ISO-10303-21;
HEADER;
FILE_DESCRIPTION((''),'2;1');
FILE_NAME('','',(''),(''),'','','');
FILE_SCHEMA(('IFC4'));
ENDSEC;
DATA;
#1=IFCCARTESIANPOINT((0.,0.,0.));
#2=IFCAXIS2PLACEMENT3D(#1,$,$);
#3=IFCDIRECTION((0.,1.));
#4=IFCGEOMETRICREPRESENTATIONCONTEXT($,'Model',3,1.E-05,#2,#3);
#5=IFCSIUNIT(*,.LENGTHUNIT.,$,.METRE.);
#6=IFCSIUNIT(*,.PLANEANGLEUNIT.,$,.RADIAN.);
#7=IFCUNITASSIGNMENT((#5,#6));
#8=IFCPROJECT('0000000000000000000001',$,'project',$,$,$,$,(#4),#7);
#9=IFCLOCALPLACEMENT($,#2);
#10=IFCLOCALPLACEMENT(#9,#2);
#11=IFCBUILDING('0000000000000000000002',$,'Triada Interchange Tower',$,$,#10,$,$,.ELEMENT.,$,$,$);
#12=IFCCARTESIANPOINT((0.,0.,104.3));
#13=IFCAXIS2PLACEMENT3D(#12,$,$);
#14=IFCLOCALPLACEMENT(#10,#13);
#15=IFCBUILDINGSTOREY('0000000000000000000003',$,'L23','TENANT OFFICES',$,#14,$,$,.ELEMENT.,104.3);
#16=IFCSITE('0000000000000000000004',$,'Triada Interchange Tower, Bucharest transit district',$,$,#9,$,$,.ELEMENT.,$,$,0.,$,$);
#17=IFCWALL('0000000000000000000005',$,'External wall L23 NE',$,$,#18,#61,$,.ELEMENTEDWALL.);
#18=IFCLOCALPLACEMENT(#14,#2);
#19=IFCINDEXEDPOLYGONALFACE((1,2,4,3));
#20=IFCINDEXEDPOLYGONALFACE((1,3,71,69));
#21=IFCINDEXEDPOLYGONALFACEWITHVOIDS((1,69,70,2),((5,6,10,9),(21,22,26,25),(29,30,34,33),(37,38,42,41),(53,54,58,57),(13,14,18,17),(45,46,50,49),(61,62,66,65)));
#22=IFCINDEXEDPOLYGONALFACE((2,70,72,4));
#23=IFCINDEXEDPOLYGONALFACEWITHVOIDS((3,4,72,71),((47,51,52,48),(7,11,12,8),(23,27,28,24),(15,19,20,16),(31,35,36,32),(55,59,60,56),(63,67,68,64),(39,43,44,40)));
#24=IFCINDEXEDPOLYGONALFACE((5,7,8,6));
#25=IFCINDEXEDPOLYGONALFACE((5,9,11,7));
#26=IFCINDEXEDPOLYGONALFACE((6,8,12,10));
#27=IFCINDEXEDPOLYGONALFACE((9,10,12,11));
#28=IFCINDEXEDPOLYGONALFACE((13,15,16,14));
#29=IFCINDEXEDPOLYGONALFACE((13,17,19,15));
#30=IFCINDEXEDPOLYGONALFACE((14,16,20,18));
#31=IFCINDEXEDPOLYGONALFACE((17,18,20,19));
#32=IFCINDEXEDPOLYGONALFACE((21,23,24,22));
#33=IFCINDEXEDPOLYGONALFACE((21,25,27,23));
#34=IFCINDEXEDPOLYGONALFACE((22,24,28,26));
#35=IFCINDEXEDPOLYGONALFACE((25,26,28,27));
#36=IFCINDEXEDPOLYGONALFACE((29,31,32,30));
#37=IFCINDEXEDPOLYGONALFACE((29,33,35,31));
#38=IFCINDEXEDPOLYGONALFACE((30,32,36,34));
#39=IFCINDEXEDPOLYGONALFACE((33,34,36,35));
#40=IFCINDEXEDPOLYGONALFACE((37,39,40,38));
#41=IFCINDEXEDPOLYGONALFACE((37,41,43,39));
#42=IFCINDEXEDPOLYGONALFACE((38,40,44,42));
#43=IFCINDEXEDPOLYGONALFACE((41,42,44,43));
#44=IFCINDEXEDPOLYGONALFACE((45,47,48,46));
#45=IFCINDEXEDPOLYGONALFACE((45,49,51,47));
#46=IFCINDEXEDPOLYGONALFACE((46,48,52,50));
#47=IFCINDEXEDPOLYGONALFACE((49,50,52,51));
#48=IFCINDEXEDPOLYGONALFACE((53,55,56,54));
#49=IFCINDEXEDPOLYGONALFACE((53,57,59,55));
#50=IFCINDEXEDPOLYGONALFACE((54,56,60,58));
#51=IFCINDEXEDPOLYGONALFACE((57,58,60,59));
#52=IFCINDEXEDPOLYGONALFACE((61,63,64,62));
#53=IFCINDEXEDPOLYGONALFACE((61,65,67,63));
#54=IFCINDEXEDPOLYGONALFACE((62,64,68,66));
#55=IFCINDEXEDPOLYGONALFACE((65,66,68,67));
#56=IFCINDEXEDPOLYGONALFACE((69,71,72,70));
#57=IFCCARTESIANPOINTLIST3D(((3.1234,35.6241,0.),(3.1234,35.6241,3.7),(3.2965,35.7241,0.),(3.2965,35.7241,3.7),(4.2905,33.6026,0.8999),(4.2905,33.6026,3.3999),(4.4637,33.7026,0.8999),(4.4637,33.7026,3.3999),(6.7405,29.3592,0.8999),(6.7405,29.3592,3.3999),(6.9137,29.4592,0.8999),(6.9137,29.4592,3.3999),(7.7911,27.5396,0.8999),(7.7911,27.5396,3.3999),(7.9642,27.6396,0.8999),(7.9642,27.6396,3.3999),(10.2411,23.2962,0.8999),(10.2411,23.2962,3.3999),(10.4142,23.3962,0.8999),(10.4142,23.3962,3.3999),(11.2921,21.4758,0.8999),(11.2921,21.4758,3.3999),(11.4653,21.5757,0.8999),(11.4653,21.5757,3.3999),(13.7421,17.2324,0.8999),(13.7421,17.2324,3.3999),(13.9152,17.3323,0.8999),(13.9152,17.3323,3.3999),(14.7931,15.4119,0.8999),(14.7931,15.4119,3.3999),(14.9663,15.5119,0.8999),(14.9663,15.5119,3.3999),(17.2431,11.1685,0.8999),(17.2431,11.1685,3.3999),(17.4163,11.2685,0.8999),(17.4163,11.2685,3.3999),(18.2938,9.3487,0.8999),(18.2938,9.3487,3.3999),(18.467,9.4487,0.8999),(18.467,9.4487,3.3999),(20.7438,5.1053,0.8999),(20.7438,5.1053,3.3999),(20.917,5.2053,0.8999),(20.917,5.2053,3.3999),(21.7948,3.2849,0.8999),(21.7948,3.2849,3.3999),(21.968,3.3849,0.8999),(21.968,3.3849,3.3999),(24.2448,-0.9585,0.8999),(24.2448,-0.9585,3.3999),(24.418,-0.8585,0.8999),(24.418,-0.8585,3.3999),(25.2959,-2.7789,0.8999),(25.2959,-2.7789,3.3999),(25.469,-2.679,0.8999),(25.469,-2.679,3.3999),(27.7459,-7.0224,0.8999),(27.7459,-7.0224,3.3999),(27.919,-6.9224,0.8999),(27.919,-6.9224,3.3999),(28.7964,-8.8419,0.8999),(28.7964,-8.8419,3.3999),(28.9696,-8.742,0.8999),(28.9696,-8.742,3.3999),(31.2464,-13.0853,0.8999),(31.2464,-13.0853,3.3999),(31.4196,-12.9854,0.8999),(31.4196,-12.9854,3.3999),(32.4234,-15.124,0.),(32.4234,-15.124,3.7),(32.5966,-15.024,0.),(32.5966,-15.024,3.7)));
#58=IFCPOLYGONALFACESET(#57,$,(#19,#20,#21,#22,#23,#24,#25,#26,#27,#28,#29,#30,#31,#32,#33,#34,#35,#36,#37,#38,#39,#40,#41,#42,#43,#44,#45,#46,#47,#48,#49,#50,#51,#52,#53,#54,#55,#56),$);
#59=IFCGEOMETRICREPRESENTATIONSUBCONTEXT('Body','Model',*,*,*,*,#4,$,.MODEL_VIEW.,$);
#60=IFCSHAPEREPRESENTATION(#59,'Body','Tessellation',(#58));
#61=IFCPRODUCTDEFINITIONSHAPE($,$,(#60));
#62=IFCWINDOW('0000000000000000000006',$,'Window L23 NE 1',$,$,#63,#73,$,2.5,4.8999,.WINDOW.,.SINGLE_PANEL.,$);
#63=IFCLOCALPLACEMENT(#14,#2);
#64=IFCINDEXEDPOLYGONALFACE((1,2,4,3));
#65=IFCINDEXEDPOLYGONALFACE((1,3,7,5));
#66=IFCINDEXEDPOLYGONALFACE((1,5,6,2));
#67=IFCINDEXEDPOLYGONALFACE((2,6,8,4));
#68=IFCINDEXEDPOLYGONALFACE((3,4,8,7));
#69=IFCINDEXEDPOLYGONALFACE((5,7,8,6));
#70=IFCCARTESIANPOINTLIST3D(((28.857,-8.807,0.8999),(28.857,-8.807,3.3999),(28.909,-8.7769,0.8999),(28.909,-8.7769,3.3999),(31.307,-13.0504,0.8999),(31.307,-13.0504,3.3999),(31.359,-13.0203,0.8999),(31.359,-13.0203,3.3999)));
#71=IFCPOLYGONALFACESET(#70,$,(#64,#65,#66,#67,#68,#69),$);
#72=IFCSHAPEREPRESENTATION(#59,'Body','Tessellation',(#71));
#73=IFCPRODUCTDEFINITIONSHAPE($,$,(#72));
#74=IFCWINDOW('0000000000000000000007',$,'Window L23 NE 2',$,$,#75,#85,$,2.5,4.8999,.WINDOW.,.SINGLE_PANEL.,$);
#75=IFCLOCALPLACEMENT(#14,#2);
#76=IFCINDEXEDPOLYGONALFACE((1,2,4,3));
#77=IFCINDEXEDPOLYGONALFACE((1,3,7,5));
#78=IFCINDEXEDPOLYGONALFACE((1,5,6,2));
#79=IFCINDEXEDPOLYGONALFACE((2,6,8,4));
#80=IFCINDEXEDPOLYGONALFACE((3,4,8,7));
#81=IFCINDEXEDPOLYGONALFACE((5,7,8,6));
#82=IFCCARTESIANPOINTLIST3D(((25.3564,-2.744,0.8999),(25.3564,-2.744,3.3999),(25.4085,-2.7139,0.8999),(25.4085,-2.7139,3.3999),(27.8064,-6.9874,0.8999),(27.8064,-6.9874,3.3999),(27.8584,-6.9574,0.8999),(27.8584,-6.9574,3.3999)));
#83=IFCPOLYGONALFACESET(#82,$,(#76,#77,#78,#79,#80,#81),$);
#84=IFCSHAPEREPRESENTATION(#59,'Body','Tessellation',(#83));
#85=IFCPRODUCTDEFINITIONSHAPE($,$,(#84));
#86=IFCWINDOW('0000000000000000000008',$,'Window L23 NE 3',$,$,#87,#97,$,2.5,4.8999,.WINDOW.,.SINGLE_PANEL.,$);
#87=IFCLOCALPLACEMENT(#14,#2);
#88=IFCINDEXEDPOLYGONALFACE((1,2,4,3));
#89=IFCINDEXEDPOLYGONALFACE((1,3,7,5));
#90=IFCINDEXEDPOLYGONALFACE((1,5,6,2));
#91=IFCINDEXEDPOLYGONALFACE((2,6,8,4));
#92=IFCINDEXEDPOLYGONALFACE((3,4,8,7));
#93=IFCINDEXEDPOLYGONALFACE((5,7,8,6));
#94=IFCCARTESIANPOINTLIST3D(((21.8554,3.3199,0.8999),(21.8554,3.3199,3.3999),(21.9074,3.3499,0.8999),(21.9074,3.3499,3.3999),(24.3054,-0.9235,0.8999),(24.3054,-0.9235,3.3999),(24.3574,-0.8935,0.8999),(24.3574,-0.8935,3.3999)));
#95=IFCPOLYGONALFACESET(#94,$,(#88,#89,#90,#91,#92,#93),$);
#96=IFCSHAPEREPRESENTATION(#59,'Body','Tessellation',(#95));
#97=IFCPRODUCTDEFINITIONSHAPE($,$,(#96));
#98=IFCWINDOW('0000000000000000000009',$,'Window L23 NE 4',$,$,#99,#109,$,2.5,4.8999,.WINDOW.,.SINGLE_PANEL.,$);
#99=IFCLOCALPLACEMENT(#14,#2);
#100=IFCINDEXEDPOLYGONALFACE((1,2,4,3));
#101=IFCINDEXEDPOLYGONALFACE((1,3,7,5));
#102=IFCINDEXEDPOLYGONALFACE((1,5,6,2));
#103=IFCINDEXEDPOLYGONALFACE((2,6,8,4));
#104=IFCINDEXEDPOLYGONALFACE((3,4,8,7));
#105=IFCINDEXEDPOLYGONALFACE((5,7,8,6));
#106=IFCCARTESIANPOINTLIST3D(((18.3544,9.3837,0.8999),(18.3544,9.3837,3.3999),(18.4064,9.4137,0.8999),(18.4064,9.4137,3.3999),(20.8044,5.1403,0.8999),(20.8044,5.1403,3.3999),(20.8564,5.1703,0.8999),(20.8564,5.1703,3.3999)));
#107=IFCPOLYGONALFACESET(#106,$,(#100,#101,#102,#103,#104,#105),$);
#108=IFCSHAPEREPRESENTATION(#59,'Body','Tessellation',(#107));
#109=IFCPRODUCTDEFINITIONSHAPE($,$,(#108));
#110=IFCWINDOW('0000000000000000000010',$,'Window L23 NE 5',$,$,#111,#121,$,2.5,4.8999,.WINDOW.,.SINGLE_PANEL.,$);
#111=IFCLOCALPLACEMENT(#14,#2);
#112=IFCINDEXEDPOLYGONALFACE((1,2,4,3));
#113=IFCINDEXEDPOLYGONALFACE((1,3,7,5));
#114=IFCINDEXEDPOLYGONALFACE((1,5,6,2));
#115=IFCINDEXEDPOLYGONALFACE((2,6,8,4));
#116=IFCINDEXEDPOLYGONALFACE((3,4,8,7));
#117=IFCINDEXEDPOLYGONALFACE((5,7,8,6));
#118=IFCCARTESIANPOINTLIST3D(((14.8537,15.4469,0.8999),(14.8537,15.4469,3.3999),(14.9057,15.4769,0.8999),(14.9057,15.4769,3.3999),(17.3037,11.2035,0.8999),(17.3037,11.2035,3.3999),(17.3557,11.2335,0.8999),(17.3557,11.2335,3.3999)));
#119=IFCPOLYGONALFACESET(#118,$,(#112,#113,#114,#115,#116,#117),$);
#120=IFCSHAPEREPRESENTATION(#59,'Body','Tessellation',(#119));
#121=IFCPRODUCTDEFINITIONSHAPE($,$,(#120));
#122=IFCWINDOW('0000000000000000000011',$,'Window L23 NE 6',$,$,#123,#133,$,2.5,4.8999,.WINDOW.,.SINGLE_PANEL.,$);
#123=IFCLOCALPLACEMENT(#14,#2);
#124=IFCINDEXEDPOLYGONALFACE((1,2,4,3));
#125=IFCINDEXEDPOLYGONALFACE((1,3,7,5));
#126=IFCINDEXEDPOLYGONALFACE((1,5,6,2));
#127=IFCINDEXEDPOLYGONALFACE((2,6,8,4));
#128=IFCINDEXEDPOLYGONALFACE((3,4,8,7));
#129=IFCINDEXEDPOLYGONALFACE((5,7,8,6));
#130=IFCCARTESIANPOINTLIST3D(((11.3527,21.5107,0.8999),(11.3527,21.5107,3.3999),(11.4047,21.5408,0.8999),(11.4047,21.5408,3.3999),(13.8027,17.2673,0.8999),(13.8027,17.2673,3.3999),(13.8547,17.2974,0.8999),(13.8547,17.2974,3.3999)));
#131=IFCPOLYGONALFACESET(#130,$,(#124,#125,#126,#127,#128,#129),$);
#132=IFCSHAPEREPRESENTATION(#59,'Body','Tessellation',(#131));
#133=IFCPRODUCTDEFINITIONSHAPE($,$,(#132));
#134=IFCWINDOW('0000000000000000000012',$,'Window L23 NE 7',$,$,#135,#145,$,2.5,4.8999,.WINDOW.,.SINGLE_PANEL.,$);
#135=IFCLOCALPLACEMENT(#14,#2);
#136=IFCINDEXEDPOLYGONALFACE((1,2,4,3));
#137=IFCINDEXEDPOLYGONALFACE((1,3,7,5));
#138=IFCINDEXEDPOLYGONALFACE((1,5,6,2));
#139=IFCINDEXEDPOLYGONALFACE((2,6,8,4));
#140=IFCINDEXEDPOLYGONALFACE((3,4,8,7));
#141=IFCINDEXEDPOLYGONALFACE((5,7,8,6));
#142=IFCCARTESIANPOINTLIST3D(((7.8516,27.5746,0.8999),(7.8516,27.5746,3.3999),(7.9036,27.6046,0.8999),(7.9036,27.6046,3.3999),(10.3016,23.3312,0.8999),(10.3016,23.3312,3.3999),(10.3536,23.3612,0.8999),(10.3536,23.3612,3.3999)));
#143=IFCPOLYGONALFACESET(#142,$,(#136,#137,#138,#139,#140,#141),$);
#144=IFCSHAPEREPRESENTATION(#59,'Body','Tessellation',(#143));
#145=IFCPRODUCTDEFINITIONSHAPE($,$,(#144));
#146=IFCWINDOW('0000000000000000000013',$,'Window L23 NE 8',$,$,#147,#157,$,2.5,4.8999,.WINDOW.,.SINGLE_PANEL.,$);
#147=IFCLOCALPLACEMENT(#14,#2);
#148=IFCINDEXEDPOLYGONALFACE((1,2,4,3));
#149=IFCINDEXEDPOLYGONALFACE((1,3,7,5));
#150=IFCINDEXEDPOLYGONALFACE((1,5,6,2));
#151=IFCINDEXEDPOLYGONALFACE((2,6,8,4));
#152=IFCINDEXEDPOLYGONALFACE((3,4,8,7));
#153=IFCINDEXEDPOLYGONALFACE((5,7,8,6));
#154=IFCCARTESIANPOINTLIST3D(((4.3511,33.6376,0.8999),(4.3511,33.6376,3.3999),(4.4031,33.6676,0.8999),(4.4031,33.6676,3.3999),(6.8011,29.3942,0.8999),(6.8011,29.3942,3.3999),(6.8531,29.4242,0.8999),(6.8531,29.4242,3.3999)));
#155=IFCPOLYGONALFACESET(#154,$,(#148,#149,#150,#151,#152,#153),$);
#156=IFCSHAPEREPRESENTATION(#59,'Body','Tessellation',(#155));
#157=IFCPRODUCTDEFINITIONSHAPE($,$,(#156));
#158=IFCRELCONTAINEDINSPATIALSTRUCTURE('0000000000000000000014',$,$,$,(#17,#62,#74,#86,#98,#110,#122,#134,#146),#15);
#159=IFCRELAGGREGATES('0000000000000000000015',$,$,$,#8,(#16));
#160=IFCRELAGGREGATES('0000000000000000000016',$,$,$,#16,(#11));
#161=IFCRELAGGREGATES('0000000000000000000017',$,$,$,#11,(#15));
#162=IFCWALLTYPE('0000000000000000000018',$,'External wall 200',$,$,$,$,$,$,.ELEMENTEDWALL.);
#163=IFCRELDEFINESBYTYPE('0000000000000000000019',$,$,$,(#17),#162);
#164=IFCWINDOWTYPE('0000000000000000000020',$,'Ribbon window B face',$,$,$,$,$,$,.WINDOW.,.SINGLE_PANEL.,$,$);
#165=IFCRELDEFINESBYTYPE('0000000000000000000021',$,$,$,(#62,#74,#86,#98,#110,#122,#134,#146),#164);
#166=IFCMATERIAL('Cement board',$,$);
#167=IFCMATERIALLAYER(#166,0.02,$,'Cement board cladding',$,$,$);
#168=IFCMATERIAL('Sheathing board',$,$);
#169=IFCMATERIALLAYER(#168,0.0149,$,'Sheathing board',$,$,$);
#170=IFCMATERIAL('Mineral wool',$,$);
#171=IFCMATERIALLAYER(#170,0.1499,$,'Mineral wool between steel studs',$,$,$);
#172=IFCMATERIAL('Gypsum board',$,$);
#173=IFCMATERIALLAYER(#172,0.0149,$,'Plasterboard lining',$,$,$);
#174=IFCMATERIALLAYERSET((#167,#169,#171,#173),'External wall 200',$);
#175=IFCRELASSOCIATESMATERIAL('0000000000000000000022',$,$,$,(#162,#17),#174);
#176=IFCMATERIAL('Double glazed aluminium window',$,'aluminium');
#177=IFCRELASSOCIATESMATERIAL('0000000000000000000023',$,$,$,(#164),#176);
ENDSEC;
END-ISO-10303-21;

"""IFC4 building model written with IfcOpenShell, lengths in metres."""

from ifc_helpers import new_model, si_unit, direction, frame, frame_2d, origin, place, context, subcontext, project, spatial, rectangle, extrude, material, layer, layer_set, layer_usage, type_object, element, fill, save


model = new_model("IFC4")

# Units and contexts
model_context = context("Model", 3, precision=1e-05, world=origin(), true_north=direction((0.0, 1.0)))
body_context = subcontext(model_context, "Body", "Model", "MODEL_VIEW")
ifc_project = project(units=[si_unit("LENGTHUNIT", "METRE"), si_unit("PLANEANGLEUNIT", "RADIAN")], contexts=[model_context])

# Site, building, storey
site_placement = place(None, origin())
site = spatial("IfcSite", under=ifc_project, at=site_placement, Name="Triada Interchange Tower, Bucharest transit district", CompositionType="ELEMENT", RefElevation=0.0)
building_placement = place(site_placement, origin())
building = spatial("IfcBuilding", under=site, at=building_placement, Name="Triada Interchange Tower", CompositionType="ELEMENT")
storey_placement = place(building_placement, frame((0.0, 0.0, 104.3)))
storey = spatial("IfcBuildingStorey", under=building, at=storey_placement, Name="L23", Description="TENANT OFFICES", CompositionType="ELEMENT", Elevation=104.3)

# Shared definitions
ifc_material_1 = material(Name="Cement board")
ifc_layer_1 = layer(ifc_material_1, 0.02, Name="Cement board cladding")
ifc_material_2 = material(Name="Sheathing board")
ifc_layer_2 = layer(ifc_material_2, 0.0149, Name="Sheathing board")
ifc_material_3 = material(Name="Mineral wool")
ifc_layer_3 = layer(ifc_material_3, 0.1499, Name="Mineral wool between steel studs")
ifc_material_4 = material(Name="Gypsum board")
ifc_layer_4 = layer(ifc_material_4, 0.0149, Name="Plasterboard lining")
ifc_layer_set_1 = layer_set([ifc_layer_1, ifc_layer_2, ifc_layer_3, ifc_layer_4], Name="External wall 200")
ifc_layer_usage = layer_usage(ifc_layer_set_1, "AXIS2", "POSITIVE", -0.1001)
wall_type = type_object("IfcWallType", Name="External wall 200", PredefinedType="ELEMENTEDWALL", material=ifc_layer_set_1)
ifc_material_5 = material(Name="Double glazed aluminium window", Category="aluminium")

# Wall, openings, windows
wall_1_placement = place(storey_placement, frame((32.51, -15.074, 0.0), z_axis=(0.0, 0.0, 1.0), x_axis=(-0.500008, 0.866021, 0.0)))
wall_1 = element("IfcWall", 1, at=wall_1_placement, inside=storey, type_object=wall_type, material=ifc_layer_usage, Name="External wall L23 NE", PredefinedType="ELEMENTEDWALL", context=body_context, shape_type="SweptSolid", body=[
    extrude(rectangle(XDim=58.5991, YDim=0.2, at=frame_2d((29.2996, 0.0))), origin(), (0.0, 0.0, 1.0), 3.7),
])
opening_1_placement = place(wall_1_placement, frame((2.354, 0.0, 0.8999)))
opening_1 = element("IfcOpeningElement", 2, at=opening_1_placement, cuts=wall_1, PredefinedType="OPENING", context=body_context, shape_type="SweptSolid", body=[
    extrude(rectangle(XDim=4.8999, YDim=2.5, at=frame_2d((2.45, 1.25))), frame((0.0, 0.1099, 0.0), z_axis=(0.0, -1.0, 0.0), x_axis=(1.0, 0.0, 0.0)), (0.0, 0.0, 1.0), 0.22),
])
opening_2_placement = place(wall_1_placement, frame((9.355, 0.0, 0.8999)))
opening_2 = element("IfcOpeningElement", 3, at=opening_2_placement, cuts=wall_1, PredefinedType="OPENING", context=body_context, shape_type="SweptSolid", body=[
    extrude(rectangle(XDim=4.8999, YDim=2.5, at=frame_2d((2.45, 1.25))), frame((0.0, 0.1099, 0.0), z_axis=(0.0, -1.0, 0.0), x_axis=(1.0, 0.0, 0.0)), (0.0, 0.0, 1.0), 0.22),
])
opening_3_placement = place(wall_1_placement, frame((16.3569, 0.0, 0.8999)))
opening_3 = element("IfcOpeningElement", 4, at=opening_3_placement, cuts=wall_1, PredefinedType="OPENING", context=body_context, shape_type="SweptSolid", body=[
    extrude(rectangle(XDim=4.8999, YDim=2.5, at=frame_2d((2.45, 1.25))), frame((0.0, 0.1099, 0.0), z_axis=(0.0, -1.0, 0.0), x_axis=(1.0, 0.0, 0.0)), (0.0, 0.0, 1.0), 0.22),
])
opening_4_placement = place(wall_1_placement, frame((23.3589, 0.0, 0.8999)))
opening_4 = element("IfcOpeningElement", 5, at=opening_4_placement, cuts=wall_1, PredefinedType="OPENING", context=body_context, shape_type="SweptSolid", body=[
    extrude(rectangle(XDim=4.8999, YDim=2.5, at=frame_2d((2.45, 1.25))), frame((0.0, 0.1099, 0.0), z_axis=(0.0, -1.0, 0.0), x_axis=(1.0, 0.0, 0.0)), (0.0, 0.0, 1.0), 0.22),
])
opening_5_placement = place(wall_1_placement, frame((30.3601, 0.0, 0.8999)))
opening_5 = element("IfcOpeningElement", 6, at=opening_5_placement, cuts=wall_1, PredefinedType="OPENING", context=body_context, shape_type="SweptSolid", body=[
    extrude(rectangle(XDim=4.8999, YDim=2.5, at=frame_2d((2.45, 1.25))), frame((0.0, 0.1099, 0.0), z_axis=(0.0, -1.0, 0.0), x_axis=(1.0, 0.0, 0.0)), (0.0, 0.0, 1.0), 0.22),
])
opening_6_placement = place(wall_1_placement, frame((37.3621, 0.0, 0.8999)))
opening_6 = element("IfcOpeningElement", 7, at=opening_6_placement, cuts=wall_1, PredefinedType="OPENING", context=body_context, shape_type="SweptSolid", body=[
    extrude(rectangle(XDim=4.8999, YDim=2.5, at=frame_2d((2.45, 1.25))), frame((0.0, 0.1099, 0.0), z_axis=(0.0, -1.0, 0.0), x_axis=(1.0, 0.0, 0.0)), (0.0, 0.0, 1.0), 0.22),
])
opening_7_placement = place(wall_1_placement, frame((44.364, 0.0, 0.8999)))
opening_7 = element("IfcOpeningElement", 8, at=opening_7_placement, cuts=wall_1, PredefinedType="OPENING", context=body_context, shape_type="SweptSolid", body=[
    extrude(rectangle(XDim=4.8999, YDim=2.5, at=frame_2d((2.45, 1.25))), frame((0.0, 0.1099, 0.0), z_axis=(0.0, -1.0, 0.0), x_axis=(1.0, 0.0, 0.0)), (0.0, 0.0, 1.0), 0.22),
])
opening_8_placement = place(wall_1_placement, frame((51.365, 0.0, 0.8999)))
opening_8 = element("IfcOpeningElement", 9, at=opening_8_placement, cuts=wall_1, PredefinedType="OPENING", context=body_context, shape_type="SweptSolid", body=[
    extrude(rectangle(XDim=4.8999, YDim=2.5, at=frame_2d((2.45, 1.25))), frame((0.0, 0.1099, 0.0), z_axis=(0.0, -1.0, 0.0), x_axis=(1.0, 0.0, 0.0)), (0.0, 0.0, 1.0), 0.22),
])
window_type_1 = type_object("IfcWindowType", Name="Ribbon window B face", PartitioningType="SINGLE_PANEL", PredefinedType="WINDOW", material=ifc_material_5)
window_1_placement = place(opening_1_placement, origin())
window_1 = element("IfcWindow", 10, at=window_1_placement, inside=storey, type_object=window_type_1, Name="Window L23 NE 1", OverallHeight=2.5, OverallWidth=4.8999, PartitioningType="SINGLE_PANEL", PredefinedType="WINDOW", context=body_context, shape_type="SweptSolid", body=[
    extrude(rectangle(XDim=4.8999, YDim=2.5, at=frame_2d((2.45, 1.25))), frame((0.0, 0.03, 0.0), z_axis=(0.0, -1.0, 0.0), x_axis=(1.0, 0.0, 0.0)), (0.0, 0.0, 1.0), 0.0601),
])
fill(opening_1, window_1)
window_2_placement = place(opening_2_placement, origin())
window_2 = element("IfcWindow", 11, at=window_2_placement, inside=storey, type_object=window_type_1, Name="Window L23 NE 2", OverallHeight=2.5, OverallWidth=4.8999, PartitioningType="SINGLE_PANEL", PredefinedType="WINDOW", context=body_context, shape_type="SweptSolid", body=[
    extrude(rectangle(XDim=4.8999, YDim=2.5, at=frame_2d((2.45, 1.25))), frame((0.0, 0.03, 0.0), z_axis=(0.0, -1.0, 0.0), x_axis=(1.0, 0.0, 0.0)), (0.0, 0.0, 1.0), 0.0601),
])
fill(opening_2, window_2)
window_3_placement = place(opening_3_placement, origin())
window_3 = element("IfcWindow", 12, at=window_3_placement, inside=storey, type_object=window_type_1, Name="Window L23 NE 3", OverallHeight=2.5, OverallWidth=4.8999, PartitioningType="SINGLE_PANEL", PredefinedType="WINDOW", context=body_context, shape_type="SweptSolid", body=[
    extrude(rectangle(XDim=4.8999, YDim=2.5, at=frame_2d((2.45, 1.25))), frame((0.0, 0.03, 0.0), z_axis=(0.0, -1.0, 0.0), x_axis=(1.0, 0.0, 0.0)), (0.0, 0.0, 1.0), 0.0601),
])
fill(opening_3, window_3)
window_4_placement = place(opening_4_placement, origin())
window_4 = element("IfcWindow", 13, at=window_4_placement, inside=storey, type_object=window_type_1, Name="Window L23 NE 4", OverallHeight=2.5, OverallWidth=4.8999, PartitioningType="SINGLE_PANEL", PredefinedType="WINDOW", context=body_context, shape_type="SweptSolid", body=[
    extrude(rectangle(XDim=4.8999, YDim=2.5, at=frame_2d((2.45, 1.25))), frame((0.0, 0.03, 0.0), z_axis=(0.0, -1.0, 0.0), x_axis=(1.0, 0.0, 0.0)), (0.0, 0.0, 1.0), 0.0601),
])
fill(opening_4, window_4)
window_5_placement = place(opening_5_placement, origin())
window_5 = element("IfcWindow", 14, at=window_5_placement, inside=storey, type_object=window_type_1, Name="Window L23 NE 5", OverallHeight=2.5, OverallWidth=4.8999, PartitioningType="SINGLE_PANEL", PredefinedType="WINDOW", context=body_context, shape_type="SweptSolid", body=[
    extrude(rectangle(XDim=4.8999, YDim=2.5, at=frame_2d((2.45, 1.25))), frame((0.0, 0.03, 0.0), z_axis=(0.0, -1.0, 0.0), x_axis=(1.0, 0.0, 0.0)), (0.0, 0.0, 1.0), 0.0601),
])
fill(opening_5, window_5)
window_6_placement = place(opening_6_placement, origin())
window_6 = element("IfcWindow", 15, at=window_6_placement, inside=storey, type_object=window_type_1, Name="Window L23 NE 6", OverallHeight=2.5, OverallWidth=4.8999, PartitioningType="SINGLE_PANEL", PredefinedType="WINDOW", context=body_context, shape_type="SweptSolid", body=[
    extrude(rectangle(XDim=4.8999, YDim=2.5, at=frame_2d((2.45, 1.25))), frame((0.0, 0.03, 0.0), z_axis=(0.0, -1.0, 0.0), x_axis=(1.0, 0.0, 0.0)), (0.0, 0.0, 1.0), 0.0601),
])
fill(opening_6, window_6)
window_7_placement = place(opening_7_placement, origin())
window_7 = element("IfcWindow", 16, at=window_7_placement, inside=storey, type_object=window_type_1, Name="Window L23 NE 7", OverallHeight=2.5, OverallWidth=4.8999, PartitioningType="SINGLE_PANEL", PredefinedType="WINDOW", context=body_context, shape_type="SweptSolid", body=[
    extrude(rectangle(XDim=4.8999, YDim=2.5, at=frame_2d((2.45, 1.25))), frame((0.0, 0.03, 0.0), z_axis=(0.0, -1.0, 0.0), x_axis=(1.0, 0.0, 0.0)), (0.0, 0.0, 1.0), 0.0601),
])
fill(opening_7, window_7)
window_8_placement = place(opening_8_placement, origin())
window_8 = element("IfcWindow", 17, at=window_8_placement, inside=storey, type_object=window_type_1, Name="Window L23 NE 8", OverallHeight=2.5, OverallWidth=4.8999, PartitioningType="SINGLE_PANEL", PredefinedType="WINDOW", context=body_context, shape_type="SweptSolid", body=[
    extrude(rectangle(XDim=4.8999, YDim=2.5, at=frame_2d((2.45, 1.25))), frame((0.0, 0.03, 0.0), z_axis=(0.0, -1.0, 0.0), x_axis=(1.0, 0.0, 0.0)), (0.0, 0.0, 1.0), 0.0601),
])
fill(opening_8, window_8)

save(model, "model.ifc")
